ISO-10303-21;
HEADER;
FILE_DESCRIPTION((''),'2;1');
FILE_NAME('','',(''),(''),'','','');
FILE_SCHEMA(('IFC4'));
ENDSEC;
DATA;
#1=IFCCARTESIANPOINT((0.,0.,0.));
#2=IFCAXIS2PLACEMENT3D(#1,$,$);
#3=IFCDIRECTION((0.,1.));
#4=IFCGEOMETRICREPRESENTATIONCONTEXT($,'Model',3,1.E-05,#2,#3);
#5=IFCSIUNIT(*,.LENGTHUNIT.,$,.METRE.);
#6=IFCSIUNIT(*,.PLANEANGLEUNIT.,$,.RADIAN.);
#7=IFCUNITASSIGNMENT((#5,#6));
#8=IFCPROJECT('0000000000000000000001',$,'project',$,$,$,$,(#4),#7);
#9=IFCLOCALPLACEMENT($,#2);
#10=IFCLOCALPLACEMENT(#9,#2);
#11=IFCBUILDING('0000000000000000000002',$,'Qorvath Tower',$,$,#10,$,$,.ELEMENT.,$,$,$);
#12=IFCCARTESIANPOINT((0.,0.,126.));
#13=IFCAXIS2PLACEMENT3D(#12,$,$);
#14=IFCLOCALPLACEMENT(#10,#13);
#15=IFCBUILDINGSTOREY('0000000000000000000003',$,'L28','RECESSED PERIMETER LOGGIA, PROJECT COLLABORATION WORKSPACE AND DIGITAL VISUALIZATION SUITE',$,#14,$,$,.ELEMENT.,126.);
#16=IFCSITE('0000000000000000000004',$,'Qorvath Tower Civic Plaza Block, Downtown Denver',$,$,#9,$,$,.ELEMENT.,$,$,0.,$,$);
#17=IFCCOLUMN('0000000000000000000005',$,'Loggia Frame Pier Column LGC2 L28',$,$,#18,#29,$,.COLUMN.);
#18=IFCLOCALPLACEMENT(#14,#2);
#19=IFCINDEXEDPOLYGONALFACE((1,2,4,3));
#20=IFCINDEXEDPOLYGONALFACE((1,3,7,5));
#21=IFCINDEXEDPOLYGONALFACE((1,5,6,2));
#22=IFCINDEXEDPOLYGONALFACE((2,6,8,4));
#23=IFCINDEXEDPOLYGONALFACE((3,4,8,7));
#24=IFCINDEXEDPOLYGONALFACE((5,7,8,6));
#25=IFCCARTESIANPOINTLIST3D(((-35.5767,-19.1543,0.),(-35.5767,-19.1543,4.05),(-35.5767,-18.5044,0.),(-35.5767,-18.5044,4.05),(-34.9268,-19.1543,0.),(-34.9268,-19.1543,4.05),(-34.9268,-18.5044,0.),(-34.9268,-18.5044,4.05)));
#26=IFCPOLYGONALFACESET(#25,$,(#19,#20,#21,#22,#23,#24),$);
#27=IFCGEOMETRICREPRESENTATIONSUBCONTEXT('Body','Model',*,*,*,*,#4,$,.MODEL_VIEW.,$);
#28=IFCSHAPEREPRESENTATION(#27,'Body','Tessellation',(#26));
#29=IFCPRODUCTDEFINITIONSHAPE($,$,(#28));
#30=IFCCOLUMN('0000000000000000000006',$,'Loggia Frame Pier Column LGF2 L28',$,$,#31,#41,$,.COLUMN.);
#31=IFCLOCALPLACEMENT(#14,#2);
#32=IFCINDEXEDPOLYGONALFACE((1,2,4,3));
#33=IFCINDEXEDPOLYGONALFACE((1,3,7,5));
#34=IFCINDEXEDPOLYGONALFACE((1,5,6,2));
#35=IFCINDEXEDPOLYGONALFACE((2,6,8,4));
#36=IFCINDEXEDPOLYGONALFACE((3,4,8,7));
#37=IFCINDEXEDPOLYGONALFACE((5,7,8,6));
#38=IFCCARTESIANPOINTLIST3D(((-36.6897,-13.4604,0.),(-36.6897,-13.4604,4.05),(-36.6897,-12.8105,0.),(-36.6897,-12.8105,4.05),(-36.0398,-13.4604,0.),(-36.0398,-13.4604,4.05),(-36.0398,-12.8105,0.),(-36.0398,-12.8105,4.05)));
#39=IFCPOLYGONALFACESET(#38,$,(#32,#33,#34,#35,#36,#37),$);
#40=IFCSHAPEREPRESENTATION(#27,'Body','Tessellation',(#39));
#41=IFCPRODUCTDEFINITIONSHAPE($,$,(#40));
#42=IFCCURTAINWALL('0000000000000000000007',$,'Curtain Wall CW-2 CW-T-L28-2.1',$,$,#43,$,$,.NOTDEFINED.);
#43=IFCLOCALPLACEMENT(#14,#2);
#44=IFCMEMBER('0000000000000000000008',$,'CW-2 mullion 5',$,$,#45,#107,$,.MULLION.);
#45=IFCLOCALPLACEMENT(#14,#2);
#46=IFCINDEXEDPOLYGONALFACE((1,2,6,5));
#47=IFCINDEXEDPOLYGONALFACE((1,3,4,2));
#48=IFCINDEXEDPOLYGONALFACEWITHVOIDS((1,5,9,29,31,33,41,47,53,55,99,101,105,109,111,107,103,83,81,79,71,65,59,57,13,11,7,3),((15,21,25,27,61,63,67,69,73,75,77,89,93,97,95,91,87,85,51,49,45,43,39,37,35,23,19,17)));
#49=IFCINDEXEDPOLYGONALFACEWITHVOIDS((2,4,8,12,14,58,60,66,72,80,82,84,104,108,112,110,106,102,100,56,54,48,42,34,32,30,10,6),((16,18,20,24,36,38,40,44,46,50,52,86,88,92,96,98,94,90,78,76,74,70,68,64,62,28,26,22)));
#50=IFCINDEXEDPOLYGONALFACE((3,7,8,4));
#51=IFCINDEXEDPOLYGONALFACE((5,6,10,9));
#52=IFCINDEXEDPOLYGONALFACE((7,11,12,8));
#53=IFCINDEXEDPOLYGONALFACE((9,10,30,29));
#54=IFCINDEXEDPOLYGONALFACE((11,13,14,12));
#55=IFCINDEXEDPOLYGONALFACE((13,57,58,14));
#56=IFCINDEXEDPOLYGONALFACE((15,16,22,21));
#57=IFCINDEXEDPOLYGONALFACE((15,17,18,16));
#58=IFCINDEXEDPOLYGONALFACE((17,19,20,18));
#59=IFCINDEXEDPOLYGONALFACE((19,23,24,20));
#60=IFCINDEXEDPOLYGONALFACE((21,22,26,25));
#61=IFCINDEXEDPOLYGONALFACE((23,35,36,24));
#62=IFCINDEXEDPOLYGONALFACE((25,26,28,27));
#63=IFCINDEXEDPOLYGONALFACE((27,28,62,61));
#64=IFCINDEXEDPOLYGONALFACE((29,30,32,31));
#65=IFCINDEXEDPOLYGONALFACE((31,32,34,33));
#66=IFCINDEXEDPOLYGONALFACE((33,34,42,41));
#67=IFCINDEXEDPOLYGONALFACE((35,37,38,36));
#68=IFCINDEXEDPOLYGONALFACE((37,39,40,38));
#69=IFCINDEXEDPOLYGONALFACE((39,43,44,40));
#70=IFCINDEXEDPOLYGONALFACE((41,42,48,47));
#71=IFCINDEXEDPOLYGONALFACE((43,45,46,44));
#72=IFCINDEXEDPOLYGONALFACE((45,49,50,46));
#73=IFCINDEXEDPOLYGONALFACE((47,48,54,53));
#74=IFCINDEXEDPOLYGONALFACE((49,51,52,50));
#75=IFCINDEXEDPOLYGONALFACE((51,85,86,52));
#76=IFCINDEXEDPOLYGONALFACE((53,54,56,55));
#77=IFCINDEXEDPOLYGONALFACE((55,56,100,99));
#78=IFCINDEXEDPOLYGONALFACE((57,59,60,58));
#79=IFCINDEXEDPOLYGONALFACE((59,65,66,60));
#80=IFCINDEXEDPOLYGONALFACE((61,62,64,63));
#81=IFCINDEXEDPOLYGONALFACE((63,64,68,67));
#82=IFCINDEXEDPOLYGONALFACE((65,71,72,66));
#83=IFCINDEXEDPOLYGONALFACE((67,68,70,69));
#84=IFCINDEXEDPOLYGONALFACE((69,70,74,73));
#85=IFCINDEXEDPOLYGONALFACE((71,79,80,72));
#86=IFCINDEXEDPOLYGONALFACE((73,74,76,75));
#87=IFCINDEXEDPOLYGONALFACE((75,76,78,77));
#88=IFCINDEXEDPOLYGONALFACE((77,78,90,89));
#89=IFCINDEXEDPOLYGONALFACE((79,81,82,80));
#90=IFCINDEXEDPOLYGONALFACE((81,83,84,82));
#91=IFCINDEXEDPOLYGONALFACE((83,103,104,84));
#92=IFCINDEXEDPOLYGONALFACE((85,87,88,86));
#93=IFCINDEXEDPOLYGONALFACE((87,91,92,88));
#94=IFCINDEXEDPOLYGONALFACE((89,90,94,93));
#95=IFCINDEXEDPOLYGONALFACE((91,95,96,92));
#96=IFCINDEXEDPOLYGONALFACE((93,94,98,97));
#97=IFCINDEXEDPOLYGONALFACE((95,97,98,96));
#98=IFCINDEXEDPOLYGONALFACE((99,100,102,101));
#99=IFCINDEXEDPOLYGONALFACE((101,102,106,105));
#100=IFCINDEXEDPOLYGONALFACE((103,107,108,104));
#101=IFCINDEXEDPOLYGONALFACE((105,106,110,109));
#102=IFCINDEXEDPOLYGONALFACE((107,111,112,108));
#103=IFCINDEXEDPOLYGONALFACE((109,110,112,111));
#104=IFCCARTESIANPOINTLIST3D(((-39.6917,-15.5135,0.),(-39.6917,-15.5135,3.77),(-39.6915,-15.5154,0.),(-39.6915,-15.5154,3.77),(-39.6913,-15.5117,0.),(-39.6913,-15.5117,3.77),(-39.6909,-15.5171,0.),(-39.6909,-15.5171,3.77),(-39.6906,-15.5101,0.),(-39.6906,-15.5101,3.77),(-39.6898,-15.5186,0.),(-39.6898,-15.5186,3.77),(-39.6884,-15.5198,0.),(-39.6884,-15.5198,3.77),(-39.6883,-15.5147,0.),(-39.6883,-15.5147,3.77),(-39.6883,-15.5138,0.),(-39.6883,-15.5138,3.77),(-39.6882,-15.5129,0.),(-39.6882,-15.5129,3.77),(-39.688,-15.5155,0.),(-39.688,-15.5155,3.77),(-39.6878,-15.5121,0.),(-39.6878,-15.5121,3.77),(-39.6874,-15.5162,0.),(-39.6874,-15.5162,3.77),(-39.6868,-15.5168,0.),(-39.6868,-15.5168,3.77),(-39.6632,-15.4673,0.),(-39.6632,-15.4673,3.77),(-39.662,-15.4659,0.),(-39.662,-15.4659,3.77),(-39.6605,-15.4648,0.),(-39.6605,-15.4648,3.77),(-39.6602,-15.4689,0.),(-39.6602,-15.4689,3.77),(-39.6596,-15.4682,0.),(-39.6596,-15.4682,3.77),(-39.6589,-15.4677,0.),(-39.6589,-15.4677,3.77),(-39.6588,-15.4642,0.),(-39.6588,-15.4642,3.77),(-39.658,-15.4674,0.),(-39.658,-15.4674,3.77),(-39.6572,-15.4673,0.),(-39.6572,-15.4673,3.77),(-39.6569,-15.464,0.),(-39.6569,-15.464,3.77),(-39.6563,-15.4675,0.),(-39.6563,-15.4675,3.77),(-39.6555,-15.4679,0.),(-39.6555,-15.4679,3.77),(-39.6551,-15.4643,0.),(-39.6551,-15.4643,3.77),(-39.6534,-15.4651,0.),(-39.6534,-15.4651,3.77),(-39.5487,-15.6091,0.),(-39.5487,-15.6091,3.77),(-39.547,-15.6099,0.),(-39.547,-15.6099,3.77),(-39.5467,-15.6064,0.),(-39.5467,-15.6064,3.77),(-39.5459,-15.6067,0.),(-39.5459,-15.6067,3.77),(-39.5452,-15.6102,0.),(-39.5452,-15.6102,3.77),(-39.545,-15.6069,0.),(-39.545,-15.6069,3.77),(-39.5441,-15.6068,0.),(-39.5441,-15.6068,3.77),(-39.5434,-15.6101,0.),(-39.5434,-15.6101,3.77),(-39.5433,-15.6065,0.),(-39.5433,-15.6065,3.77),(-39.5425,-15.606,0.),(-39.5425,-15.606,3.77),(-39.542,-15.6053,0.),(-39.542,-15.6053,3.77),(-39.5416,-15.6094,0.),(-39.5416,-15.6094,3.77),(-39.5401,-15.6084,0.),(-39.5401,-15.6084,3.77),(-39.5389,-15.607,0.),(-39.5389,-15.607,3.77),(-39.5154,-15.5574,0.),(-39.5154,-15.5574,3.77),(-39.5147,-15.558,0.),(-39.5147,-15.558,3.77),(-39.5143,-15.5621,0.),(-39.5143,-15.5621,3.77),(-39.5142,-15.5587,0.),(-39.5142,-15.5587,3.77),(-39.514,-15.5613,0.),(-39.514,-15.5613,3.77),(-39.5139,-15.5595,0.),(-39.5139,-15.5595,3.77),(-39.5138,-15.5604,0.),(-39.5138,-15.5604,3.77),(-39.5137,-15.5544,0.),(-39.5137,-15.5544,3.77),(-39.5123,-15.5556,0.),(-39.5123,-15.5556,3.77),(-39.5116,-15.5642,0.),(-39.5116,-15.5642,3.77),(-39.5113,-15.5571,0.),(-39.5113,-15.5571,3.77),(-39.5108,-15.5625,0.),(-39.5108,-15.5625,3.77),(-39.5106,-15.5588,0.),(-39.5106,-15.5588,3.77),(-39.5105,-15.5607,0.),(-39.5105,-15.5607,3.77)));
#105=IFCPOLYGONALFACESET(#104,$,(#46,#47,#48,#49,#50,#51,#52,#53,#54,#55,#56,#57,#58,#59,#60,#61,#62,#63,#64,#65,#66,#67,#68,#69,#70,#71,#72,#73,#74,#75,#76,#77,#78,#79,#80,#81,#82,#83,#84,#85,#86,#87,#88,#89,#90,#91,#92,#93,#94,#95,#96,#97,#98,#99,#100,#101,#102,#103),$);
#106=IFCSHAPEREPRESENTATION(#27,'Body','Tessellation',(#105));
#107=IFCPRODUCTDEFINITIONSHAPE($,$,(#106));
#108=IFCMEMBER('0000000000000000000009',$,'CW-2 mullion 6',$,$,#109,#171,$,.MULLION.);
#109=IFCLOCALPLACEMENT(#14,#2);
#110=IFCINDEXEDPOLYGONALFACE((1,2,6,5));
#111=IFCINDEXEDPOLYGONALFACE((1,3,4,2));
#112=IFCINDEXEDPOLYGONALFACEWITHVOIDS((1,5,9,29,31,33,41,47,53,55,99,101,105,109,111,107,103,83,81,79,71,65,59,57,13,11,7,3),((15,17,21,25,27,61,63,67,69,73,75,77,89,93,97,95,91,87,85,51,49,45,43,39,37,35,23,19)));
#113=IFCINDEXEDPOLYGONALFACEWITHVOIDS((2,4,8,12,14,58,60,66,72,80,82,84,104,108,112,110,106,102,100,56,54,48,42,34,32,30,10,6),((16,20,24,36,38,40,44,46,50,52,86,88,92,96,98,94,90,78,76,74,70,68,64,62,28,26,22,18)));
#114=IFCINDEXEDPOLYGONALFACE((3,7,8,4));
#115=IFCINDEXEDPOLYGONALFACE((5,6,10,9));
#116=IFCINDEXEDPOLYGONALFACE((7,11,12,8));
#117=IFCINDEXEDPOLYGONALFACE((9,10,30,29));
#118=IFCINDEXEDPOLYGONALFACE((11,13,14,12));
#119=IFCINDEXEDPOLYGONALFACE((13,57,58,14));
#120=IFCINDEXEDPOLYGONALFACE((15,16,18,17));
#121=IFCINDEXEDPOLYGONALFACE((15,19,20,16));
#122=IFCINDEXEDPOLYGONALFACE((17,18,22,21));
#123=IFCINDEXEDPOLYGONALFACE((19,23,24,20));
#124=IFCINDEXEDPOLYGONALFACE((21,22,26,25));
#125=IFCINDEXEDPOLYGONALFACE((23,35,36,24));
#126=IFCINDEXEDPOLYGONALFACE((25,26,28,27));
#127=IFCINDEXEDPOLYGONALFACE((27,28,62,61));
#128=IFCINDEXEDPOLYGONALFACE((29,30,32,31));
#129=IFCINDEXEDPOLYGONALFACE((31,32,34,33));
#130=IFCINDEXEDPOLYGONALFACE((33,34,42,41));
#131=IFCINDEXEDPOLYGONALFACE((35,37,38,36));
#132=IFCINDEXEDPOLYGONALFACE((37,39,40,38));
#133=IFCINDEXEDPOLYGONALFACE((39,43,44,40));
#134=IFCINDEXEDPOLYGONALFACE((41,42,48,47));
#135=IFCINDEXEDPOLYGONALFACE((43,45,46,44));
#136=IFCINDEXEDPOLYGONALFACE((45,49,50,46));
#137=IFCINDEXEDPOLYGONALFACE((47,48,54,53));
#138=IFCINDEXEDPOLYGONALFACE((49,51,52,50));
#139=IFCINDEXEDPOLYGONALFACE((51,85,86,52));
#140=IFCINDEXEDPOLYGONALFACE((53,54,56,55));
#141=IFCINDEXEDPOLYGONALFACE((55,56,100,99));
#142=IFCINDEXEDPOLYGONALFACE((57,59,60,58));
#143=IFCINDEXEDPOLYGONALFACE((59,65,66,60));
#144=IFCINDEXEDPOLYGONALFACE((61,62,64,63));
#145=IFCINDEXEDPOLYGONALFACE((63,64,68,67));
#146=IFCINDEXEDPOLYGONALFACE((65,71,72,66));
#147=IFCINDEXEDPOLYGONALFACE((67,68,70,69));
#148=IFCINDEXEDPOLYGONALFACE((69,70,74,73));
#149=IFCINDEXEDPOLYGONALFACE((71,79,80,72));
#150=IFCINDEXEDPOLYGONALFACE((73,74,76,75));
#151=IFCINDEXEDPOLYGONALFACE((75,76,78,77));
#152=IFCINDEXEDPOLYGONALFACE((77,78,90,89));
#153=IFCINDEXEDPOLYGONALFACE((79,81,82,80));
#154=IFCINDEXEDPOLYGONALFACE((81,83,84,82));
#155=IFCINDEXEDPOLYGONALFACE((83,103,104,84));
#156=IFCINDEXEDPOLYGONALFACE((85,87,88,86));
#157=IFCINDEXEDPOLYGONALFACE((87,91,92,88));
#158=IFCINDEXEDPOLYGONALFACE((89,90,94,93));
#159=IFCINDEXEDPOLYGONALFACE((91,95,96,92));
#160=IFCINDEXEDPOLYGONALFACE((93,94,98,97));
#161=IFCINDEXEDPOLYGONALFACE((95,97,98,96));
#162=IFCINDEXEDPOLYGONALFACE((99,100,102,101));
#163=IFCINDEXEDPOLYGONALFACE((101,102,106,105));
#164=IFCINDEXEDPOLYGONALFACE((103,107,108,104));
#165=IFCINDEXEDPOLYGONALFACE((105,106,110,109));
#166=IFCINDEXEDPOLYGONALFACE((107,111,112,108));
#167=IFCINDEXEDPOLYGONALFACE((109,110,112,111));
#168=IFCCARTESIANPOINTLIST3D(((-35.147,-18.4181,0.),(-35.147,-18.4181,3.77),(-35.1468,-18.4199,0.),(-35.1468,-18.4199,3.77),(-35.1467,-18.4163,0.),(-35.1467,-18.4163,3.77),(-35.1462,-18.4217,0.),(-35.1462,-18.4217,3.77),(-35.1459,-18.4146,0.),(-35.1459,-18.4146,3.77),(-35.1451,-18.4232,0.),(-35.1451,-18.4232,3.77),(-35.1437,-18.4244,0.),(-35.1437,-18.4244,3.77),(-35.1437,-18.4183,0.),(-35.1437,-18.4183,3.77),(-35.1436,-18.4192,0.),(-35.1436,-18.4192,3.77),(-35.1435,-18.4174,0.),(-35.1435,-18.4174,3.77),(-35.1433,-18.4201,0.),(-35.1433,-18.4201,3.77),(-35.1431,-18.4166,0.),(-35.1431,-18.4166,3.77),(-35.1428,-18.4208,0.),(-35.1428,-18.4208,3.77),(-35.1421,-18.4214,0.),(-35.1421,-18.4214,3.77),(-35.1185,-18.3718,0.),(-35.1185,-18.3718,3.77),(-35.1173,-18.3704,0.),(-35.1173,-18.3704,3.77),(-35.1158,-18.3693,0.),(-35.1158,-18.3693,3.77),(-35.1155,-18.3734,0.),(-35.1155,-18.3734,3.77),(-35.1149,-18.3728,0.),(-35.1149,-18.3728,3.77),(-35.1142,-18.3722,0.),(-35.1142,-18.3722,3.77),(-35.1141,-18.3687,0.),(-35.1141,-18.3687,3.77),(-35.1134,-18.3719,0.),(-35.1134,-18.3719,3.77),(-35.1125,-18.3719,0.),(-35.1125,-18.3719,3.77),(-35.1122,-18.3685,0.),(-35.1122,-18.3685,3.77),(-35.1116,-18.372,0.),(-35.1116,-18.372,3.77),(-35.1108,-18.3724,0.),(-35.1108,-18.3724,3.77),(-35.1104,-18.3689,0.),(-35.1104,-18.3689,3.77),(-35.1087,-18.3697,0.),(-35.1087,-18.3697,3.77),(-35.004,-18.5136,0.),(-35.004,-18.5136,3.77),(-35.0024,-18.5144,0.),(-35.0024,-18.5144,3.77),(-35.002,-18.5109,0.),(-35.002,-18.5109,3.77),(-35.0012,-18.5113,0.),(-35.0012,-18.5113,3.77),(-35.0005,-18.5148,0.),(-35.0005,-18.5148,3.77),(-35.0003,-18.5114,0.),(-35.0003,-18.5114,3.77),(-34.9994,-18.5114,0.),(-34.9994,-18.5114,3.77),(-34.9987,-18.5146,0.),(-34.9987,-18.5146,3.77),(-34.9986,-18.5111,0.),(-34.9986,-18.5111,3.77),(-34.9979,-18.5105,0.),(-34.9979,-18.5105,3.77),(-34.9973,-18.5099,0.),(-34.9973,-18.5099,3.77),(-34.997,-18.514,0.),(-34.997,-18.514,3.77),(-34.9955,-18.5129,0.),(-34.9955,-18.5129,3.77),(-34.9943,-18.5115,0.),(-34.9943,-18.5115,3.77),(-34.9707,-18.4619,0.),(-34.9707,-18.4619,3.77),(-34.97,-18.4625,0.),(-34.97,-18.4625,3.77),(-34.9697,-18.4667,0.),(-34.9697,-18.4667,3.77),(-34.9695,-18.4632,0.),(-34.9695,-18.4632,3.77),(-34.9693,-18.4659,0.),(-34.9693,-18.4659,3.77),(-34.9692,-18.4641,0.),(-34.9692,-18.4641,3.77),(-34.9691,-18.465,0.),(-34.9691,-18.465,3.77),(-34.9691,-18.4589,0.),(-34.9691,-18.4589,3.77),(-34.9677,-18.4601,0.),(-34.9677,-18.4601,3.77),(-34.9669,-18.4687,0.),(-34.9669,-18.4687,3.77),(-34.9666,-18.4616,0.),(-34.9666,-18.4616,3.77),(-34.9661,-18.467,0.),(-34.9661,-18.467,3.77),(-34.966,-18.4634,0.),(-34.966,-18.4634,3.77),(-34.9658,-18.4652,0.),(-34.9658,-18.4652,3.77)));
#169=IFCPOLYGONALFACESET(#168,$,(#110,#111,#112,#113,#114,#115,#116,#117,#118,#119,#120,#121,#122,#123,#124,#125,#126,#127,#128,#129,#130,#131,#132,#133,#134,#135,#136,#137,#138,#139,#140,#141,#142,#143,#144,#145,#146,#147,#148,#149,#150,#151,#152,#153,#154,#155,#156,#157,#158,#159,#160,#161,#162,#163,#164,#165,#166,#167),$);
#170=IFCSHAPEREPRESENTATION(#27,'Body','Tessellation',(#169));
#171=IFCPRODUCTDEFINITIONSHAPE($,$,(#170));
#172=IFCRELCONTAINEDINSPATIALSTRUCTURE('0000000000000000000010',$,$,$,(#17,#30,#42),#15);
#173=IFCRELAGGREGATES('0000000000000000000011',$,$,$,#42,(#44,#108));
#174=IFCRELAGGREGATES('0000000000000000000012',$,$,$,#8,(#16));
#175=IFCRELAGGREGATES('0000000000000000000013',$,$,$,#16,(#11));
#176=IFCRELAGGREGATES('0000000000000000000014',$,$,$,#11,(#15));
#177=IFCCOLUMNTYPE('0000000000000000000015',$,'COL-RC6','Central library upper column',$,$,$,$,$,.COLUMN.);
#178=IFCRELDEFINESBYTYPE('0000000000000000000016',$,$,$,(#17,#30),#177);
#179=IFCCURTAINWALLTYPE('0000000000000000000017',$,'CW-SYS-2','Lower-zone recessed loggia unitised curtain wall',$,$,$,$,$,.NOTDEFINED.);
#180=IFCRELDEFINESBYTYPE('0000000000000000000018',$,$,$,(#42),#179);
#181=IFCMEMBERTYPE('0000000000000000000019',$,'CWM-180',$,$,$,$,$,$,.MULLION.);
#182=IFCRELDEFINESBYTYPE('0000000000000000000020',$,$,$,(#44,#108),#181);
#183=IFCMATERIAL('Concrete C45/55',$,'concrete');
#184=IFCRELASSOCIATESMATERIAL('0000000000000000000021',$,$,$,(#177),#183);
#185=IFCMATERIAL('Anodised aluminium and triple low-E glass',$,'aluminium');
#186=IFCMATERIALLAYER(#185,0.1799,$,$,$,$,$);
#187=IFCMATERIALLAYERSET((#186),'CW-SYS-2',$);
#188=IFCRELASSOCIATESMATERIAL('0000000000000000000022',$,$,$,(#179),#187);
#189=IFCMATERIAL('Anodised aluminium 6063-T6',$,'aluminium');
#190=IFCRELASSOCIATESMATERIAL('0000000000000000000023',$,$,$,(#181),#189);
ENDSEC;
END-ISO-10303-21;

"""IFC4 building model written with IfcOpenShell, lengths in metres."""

from ifc_helpers import new_model, si_unit, direction, frame, origin, origin_2d, place, context, subcontext, project, spatial, rectangle, hollow_rectangle, extrude, material, layer, layer_set, material_profile, profile_set, type_object, element, aggregate, save


model = new_model("IFC4")

# Units and contexts
model_context = context("Model", 3, precision=1e-05, world=origin(), true_north=direction((0.0, 1.0)))
body_context = subcontext(model_context, "Body", "Model", "MODEL_VIEW")
ifc_project = project(units=[si_unit("LENGTHUNIT", "METRE"), si_unit("PLANEANGLEUNIT", "RADIAN")], contexts=[model_context])

# Site, building, storey
site_placement = place(None, origin())
site = spatial("IfcSite", under=ifc_project, at=site_placement, Name="Qorvath Tower Civic Plaza Block, Downtown Denver", CompositionType="ELEMENT", RefElevation=0.0)
building_placement = place(site_placement, origin())
building = spatial("IfcBuilding", under=site, at=building_placement, Name="Qorvath Tower", CompositionType="ELEMENT")
storey_placement = place(building_placement, frame((0.0, 0.0, 126.0)))
storey = spatial("IfcBuildingStorey", under=building, at=storey_placement, Name="L28", Description="RECESSED PERIMETER LOGGIA, PROJECT COLLABORATION WORKSPACE AND DIGITAL VISUALIZATION SUITE", CompositionType="ELEMENT", Elevation=126.0)

# Columns
ifc_material_1 = material(Name="Concrete C45/55", Category="concrete")
ifc_material_profile_1 = material_profile(ifc_material_1, rectangle(XDim=0.6499, YDim=0.6499, at=origin_2d()), Name="RC 650x650")
ifc_profile_set_1 = profile_set([ifc_material_profile_1], Name="Concrete C45/55")
column_type = type_object("IfcColumnType", Name="COL-RC6", Description="Central library upper column", PredefinedType="COLUMN", material=ifc_profile_set_1)
for number, where, z_axis, x_axis, name in (
    (1, (-35.2517, -18.8293, 0.0), (0.0, 0.0, 1.0), (1.0, 0.0, 0.0), "Loggia Frame Pier Column LGC2 L28"),
    (2, (-36.3647, -13.1355, 0.0), (0.0, 0.0, 1.0), (1.0, 0.0, 0.0), "Loggia Frame Pier Column LGF2 L28"),
):
    element("IfcColumn", number, at=place(storey_placement, frame(where, z_axis=z_axis, x_axis=x_axis)), inside=storey, type_object=column_type, Name=name, PredefinedType="COLUMN", context=body_context, shape_type="SweptSolid", body=[
        extrude(rectangle(XDim=0.6499, YDim=0.6499, at=origin_2d()), origin(), (0.0, 0.0, 1.0), 4.05),
    ])

# Curtain wall, members
ifc_material_2 = material(Name="Anodised aluminium and triple low-E glass", Category="aluminium")
ifc_layer_1 = layer(ifc_material_2, 0.1799)
ifc_layer_set_1 = layer_set([ifc_layer_1], Name="CW-SYS-2")
curtain_wall_type = type_object("IfcCurtainWallType", Name="CW-SYS-2", Description="Lower-zone recessed loggia unitised curtain wall", PredefinedType="NOTDEFINED", material=ifc_layer_set_1)
curtain_wall_1_placement = place(storey_placement, origin())
curtain_wall_1 = element("IfcCurtainWall", 3, at=curtain_wall_1_placement, inside=storey, type_object=curtain_wall_type, Name="Curtain Wall CW-2 CW-T-L28-2.1", PredefinedType="NOTDEFINED")
ifc_material_3 = material(Name="Anodised aluminium 6063-T6", Category="aluminium")
ifc_material_profile_2 = material_profile(ifc_material_3, hollow_rectangle(XDim=0.0649, YDim=0.1799, WallThickness=0.0034, InnerFilletRadius=0.0034, OuterFilletRadius=0.0071, at=origin_2d()), Name="CWM 180x65")
ifc_profile_set_2 = profile_set([ifc_material_profile_2], Name="Anodised aluminium 6063-T6")
member_type_1 = type_object("IfcMemberType", Name="CWM-180", PredefinedType="MULLION", material=ifc_profile_set_2)
member_1_placement = place(storey_placement, frame((-39.6011, -15.5371, 0.0), z_axis=(0.0, 0.0, 1.0), x_axis=(0.538534, 0.842604, 0.0)))
member_1 = element("IfcMember", 4, at=member_1_placement, type_object=member_type_1, Name="CW-2 mullion 5", PredefinedType="MULLION", context=body_context, shape_type="SweptSolid", body=[
    extrude(hollow_rectangle(XDim=0.0649, YDim=0.1799, WallThickness=0.0034, InnerFilletRadius=0.0034, OuterFilletRadius=0.0071, at=origin_2d()), origin(), (0.0, 0.0, 1.0), 3.77),
])
member_2_placement = place(storey_placement, frame((-35.0564, -18.4417, 0.0), z_axis=(0.0, 0.0, 1.0), x_axis=(0.538534, 0.842604, 0.0)))
member_2 = element("IfcMember", 5, at=member_2_placement, type_object=member_type_1, Name="CW-2 mullion 6", PredefinedType="MULLION", context=body_context, shape_type="SweptSolid", body=[
    extrude(hollow_rectangle(XDim=0.0649, YDim=0.1799, WallThickness=0.0034, InnerFilletRadius=0.0034, OuterFilletRadius=0.0071, at=origin_2d()), origin(), (0.0, 0.0, 1.0), 3.77),
])

aggregate(curtain_wall_1, [member_1, member_2])

save(model, "model.ifc")
